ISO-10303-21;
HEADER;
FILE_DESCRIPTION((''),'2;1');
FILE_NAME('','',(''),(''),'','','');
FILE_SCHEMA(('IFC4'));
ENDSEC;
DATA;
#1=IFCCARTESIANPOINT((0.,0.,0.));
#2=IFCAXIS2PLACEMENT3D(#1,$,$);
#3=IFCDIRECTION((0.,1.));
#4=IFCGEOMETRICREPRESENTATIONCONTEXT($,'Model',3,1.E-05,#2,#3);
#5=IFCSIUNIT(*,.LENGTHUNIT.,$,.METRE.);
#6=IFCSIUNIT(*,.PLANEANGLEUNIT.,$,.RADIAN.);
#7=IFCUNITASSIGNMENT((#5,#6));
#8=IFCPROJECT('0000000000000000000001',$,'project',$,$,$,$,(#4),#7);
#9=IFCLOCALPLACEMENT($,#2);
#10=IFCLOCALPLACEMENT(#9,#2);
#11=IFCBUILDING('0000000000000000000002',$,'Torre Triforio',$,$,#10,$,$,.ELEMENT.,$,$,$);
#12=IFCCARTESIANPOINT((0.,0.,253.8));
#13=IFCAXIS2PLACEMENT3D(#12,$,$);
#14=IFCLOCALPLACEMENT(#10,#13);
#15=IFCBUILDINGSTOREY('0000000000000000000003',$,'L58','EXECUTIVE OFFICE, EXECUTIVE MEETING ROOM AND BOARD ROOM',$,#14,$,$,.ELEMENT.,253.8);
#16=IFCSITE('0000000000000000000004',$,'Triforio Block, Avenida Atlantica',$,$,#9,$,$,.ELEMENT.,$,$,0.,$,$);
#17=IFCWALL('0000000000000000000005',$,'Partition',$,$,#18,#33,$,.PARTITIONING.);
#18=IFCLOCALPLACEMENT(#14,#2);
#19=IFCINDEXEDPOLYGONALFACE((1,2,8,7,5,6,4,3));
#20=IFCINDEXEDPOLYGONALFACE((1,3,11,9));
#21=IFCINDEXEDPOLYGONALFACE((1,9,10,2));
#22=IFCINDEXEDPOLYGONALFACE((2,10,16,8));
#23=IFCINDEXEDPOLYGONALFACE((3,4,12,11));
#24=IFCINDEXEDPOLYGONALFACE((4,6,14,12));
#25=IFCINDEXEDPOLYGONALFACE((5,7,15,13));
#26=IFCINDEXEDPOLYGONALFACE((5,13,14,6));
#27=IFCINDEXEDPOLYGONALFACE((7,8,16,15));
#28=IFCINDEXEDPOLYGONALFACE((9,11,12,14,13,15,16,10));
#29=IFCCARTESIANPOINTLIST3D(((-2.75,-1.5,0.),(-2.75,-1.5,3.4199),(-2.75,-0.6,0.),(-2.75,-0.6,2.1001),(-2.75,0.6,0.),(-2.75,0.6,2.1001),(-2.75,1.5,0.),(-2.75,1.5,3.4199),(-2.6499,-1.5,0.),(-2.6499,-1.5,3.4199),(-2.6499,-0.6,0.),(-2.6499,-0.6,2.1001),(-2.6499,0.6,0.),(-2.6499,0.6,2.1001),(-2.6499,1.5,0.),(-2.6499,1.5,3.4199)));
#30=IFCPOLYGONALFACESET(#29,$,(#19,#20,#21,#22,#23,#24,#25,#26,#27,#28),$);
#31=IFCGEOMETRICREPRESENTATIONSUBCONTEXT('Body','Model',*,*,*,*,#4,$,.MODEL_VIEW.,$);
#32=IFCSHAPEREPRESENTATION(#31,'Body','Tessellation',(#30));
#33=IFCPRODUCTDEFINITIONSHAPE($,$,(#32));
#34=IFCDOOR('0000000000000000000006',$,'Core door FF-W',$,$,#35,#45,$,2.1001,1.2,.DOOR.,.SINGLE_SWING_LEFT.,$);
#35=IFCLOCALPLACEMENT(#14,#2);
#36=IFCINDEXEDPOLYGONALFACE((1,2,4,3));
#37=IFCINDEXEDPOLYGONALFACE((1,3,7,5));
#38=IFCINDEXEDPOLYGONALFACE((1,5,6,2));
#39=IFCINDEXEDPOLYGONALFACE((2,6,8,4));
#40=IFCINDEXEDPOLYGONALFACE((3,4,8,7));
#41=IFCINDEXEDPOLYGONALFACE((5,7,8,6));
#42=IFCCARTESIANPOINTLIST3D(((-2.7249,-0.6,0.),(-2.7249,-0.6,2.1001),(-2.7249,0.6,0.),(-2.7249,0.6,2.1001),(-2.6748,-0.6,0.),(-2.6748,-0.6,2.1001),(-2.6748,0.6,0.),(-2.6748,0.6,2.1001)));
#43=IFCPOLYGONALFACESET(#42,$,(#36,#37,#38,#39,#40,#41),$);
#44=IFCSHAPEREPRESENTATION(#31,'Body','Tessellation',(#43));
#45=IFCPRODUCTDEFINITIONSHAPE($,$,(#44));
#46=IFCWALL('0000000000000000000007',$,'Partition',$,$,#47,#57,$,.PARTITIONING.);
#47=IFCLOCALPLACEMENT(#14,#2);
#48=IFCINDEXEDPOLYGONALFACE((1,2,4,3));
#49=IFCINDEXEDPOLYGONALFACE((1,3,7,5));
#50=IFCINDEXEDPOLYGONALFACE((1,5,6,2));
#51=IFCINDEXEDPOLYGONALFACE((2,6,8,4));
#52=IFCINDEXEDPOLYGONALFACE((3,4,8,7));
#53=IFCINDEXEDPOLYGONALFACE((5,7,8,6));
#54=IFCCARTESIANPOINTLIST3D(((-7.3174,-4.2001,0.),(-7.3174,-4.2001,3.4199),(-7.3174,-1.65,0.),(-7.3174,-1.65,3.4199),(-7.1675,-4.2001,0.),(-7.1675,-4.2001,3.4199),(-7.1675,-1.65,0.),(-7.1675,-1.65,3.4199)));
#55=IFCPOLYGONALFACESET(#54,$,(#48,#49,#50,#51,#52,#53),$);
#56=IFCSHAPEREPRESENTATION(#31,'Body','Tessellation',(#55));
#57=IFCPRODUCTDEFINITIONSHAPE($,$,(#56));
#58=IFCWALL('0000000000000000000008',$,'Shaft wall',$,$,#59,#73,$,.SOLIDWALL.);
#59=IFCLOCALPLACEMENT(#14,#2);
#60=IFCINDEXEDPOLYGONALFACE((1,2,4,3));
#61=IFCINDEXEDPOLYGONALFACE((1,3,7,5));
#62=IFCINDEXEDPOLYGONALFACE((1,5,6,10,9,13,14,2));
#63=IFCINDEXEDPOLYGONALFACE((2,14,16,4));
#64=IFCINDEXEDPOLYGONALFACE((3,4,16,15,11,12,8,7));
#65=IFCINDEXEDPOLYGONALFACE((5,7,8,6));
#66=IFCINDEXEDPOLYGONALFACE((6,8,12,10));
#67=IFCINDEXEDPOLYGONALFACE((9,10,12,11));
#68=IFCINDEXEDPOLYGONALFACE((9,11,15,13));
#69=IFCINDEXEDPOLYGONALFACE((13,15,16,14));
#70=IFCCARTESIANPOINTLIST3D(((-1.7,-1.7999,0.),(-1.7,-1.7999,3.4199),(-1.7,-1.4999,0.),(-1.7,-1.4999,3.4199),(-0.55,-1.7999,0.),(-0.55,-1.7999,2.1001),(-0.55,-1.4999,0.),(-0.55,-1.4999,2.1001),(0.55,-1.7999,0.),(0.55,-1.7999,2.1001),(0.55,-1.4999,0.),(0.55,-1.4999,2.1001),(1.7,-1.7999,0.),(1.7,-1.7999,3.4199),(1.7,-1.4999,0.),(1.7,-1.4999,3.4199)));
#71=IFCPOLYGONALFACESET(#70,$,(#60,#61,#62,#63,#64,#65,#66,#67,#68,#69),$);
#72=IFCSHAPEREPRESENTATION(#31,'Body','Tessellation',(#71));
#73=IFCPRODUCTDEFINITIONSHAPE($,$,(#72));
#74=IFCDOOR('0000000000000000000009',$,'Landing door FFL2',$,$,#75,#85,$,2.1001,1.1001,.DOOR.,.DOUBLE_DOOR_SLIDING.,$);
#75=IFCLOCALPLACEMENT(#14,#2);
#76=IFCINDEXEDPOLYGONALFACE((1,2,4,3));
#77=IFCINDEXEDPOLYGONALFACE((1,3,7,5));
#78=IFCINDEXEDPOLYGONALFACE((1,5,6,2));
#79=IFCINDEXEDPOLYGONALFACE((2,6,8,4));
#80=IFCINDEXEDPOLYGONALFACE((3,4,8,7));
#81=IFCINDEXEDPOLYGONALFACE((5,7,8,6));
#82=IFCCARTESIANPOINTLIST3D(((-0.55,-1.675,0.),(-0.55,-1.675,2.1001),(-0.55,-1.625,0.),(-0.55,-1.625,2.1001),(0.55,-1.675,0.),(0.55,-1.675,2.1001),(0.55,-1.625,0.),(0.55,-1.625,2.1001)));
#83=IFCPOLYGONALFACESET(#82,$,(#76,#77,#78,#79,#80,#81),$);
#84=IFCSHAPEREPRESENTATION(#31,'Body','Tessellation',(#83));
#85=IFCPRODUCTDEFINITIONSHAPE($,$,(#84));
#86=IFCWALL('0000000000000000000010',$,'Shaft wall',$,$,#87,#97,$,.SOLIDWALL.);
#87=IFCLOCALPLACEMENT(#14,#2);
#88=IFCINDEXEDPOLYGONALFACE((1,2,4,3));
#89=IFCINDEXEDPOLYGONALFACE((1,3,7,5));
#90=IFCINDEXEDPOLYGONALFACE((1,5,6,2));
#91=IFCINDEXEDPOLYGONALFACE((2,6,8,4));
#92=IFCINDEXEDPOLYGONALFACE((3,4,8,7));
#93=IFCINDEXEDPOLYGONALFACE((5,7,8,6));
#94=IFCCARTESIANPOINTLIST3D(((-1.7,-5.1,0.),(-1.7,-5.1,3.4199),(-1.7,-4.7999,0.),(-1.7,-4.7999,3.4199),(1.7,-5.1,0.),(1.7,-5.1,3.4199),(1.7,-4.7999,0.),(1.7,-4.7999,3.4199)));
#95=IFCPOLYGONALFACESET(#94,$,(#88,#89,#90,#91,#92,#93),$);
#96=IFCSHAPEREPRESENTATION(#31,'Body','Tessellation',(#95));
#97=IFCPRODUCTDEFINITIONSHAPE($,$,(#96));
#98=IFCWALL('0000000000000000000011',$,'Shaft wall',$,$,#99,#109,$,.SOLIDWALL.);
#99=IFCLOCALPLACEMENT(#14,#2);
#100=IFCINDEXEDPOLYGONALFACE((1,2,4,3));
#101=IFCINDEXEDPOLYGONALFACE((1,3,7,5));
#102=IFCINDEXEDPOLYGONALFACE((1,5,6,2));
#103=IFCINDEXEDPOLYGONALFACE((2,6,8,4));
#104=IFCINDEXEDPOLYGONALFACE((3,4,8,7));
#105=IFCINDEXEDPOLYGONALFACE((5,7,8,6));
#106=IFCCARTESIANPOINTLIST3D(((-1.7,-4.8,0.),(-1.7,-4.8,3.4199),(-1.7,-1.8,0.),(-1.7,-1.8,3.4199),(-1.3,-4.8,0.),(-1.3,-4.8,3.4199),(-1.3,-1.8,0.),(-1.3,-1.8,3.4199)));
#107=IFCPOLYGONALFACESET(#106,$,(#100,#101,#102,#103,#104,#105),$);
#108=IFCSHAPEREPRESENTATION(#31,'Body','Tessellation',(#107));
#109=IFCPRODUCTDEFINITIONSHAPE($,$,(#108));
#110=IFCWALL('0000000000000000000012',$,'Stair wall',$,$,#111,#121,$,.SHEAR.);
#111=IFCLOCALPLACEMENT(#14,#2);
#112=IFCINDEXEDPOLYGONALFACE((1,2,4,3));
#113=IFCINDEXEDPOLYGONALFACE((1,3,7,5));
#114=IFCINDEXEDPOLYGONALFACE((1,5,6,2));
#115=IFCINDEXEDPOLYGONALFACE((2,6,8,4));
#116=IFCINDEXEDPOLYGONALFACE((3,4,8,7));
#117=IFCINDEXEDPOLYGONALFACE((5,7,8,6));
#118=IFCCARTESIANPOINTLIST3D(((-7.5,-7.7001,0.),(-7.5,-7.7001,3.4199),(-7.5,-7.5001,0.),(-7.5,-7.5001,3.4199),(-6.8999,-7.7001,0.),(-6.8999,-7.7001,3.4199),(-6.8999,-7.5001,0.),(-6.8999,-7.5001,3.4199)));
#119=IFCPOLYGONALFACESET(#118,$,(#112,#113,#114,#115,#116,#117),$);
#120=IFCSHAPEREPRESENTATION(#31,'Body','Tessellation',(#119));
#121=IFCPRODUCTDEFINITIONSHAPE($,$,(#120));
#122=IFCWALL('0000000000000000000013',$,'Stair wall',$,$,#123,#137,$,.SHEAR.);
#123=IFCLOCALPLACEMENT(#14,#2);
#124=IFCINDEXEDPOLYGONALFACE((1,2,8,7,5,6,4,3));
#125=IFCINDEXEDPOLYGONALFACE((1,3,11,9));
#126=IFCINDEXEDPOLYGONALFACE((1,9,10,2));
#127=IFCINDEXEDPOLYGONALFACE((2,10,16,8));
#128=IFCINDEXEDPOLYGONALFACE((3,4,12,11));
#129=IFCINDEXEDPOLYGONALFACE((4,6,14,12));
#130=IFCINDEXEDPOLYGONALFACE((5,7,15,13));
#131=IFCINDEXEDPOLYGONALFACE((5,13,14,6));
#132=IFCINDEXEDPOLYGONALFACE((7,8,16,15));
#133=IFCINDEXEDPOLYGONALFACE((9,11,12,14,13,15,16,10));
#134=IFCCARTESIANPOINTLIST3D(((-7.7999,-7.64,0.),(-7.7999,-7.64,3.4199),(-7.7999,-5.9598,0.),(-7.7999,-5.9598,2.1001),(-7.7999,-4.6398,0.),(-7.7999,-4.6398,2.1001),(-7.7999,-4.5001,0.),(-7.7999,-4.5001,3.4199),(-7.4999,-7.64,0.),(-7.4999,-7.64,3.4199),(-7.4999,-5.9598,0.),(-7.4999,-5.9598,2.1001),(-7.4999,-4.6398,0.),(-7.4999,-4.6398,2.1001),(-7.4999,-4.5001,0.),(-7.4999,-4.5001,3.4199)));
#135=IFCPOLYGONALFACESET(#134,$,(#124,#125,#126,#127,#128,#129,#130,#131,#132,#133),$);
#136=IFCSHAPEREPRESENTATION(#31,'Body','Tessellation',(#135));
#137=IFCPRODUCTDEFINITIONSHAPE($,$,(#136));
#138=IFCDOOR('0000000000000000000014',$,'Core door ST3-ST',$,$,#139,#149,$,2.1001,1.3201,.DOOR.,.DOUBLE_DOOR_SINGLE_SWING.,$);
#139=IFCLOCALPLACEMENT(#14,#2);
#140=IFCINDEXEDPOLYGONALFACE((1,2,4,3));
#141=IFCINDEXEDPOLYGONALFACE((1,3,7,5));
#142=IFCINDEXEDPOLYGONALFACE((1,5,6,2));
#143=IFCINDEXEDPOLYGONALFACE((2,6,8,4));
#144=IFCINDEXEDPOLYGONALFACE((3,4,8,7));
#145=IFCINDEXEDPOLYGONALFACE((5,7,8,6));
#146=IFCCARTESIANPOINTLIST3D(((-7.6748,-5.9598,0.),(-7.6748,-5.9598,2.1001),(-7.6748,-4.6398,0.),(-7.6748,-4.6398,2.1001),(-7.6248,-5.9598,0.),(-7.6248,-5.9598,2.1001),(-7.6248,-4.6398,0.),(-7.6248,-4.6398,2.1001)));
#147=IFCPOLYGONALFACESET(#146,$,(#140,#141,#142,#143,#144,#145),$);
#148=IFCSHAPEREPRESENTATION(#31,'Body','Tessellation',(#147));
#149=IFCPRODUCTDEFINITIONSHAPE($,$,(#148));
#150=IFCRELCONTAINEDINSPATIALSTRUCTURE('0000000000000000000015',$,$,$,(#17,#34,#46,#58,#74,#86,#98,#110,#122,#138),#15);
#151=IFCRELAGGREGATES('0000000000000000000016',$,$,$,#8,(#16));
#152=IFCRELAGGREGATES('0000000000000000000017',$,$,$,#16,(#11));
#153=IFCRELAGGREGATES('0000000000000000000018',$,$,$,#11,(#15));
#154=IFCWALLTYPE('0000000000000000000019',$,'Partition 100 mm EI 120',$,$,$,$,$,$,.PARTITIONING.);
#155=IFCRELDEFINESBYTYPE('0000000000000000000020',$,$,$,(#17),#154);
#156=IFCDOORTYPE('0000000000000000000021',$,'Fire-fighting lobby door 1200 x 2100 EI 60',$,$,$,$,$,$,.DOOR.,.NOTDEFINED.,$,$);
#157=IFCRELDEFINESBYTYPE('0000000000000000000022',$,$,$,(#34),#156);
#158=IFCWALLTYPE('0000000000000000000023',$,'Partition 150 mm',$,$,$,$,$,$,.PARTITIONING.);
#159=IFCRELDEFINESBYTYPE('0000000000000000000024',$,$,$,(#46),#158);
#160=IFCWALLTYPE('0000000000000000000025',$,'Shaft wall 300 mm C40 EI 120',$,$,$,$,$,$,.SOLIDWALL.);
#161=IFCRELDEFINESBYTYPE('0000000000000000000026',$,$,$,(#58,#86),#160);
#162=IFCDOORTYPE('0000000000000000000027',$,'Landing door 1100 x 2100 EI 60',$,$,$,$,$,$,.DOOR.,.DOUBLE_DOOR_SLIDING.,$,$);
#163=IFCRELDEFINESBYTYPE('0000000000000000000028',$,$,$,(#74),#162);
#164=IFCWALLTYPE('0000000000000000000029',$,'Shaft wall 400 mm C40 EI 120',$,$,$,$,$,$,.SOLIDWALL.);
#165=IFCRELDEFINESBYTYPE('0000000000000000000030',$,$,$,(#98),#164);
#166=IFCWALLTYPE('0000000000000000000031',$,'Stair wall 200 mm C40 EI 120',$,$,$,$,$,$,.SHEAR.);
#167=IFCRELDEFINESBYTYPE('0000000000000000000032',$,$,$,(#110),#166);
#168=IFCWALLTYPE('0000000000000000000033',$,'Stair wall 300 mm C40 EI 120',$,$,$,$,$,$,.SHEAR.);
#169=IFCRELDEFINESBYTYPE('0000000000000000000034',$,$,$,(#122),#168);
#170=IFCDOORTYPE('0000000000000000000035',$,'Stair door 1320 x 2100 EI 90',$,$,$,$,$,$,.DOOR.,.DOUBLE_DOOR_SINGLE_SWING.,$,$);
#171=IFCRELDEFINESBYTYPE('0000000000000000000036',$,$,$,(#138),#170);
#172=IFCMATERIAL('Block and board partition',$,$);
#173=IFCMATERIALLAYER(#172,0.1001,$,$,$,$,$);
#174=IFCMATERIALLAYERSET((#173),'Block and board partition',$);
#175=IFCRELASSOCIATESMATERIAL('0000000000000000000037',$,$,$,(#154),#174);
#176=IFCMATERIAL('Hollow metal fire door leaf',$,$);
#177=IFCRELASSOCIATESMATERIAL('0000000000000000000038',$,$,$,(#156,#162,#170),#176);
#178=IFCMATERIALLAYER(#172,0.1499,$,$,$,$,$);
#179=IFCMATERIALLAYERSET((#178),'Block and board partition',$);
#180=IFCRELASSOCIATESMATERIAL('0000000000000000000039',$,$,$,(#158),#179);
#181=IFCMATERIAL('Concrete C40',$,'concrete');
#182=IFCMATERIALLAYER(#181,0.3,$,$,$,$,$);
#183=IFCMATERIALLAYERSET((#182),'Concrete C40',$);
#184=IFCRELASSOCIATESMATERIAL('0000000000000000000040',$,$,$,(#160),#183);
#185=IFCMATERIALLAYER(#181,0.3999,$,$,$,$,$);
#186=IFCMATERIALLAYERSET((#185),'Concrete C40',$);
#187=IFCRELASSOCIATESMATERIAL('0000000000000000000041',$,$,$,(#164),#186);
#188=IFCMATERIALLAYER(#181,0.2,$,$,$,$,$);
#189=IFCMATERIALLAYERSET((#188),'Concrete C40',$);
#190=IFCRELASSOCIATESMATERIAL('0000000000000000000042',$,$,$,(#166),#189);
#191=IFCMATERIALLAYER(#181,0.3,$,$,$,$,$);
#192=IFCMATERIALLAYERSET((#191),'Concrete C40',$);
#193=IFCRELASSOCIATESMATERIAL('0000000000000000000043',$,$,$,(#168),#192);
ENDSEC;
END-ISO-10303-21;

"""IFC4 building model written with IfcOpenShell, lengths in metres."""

from ifc_helpers import new_model, si_unit, direction, frame, frame_2d, origin, place, context, subcontext, project, spatial, rectangle, extrude, material, layer, layer_set, type_object, element, fill, save


model = new_model("IFC4")

# Units and contexts
model_context = context("Model", 3, precision=1e-05, world=origin(), true_north=direction((0.0, 1.0)))
body_context = subcontext(model_context, "Body", "Model", "MODEL_VIEW")
ifc_project = project(units=[si_unit("LENGTHUNIT", "METRE"), si_unit("PLANEANGLEUNIT", "RADIAN")], contexts=[model_context])

# Site, building, storey
site_placement = place(None, origin())
site = spatial("IfcSite", under=ifc_project, at=site_placement, Name="Triforio Block, Avenida Atlantica", CompositionType="ELEMENT", RefElevation=0.0)
building_placement = place(site_placement, origin())
building = spatial("IfcBuilding", under=site, at=building_placement, Name="Torre Triforio", CompositionType="ELEMENT")
storey_placement = place(building_placement, frame((0.0, 0.0, 253.8)))
storey = spatial("IfcBuildingStorey", under=building, at=storey_placement, Name="L58", Description="EXECUTIVE OFFICE, EXECUTIVE MEETING ROOM AND BOARD ROOM", CompositionType="ELEMENT", Elevation=253.8)

# Wall, opening, door
ifc_material_1 = material(Name="Block and board partition")
ifc_layer_1 = layer(ifc_material_1, 0.1001)
ifc_layer_set_1 = layer_set([ifc_layer_1], Name="Block and board partition")
wall_type_1 = type_object("IfcWallType", Name="Partition 100 mm EI 120", PredefinedType="PARTITIONING", material=ifc_layer_set_1)
wall_1_placement = place(storey_placement, frame((-2.7, -1.5, 0.0), z_axis=(0.0, 0.0, 1.0), x_axis=(0.0, 1.0, 0.0)))
wall_1 = element("IfcWall", 1, at=wall_1_placement, inside=storey, type_object=wall_type_1, Name="Partition", PredefinedType="PARTITIONING", context=body_context, shape_type="SweptSolid", body=[
    extrude(rectangle(XDim=3.0, YDim=0.1001, at=frame_2d((1.5, 0.0))), origin(), (0.0, 0.0, 1.0), 3.4199),
])
opening_1_placement = place(wall_1_placement, frame((0.8999, 0.0, 0.0)))
opening_1 = element("IfcOpeningElement", 2, at=opening_1_placement, cuts=wall_1, PredefinedType="OPENING", context=body_context, shape_type="SweptSolid", body=[
    extrude(rectangle(XDim=1.2, YDim=2.1001, at=frame_2d((0.6001, 1.05))), frame((0.0, 0.0601, 0.0), z_axis=(0.0, -1.0, 0.0), x_axis=(1.0, 0.0, 0.0)), (0.0, 0.0, 1.0), 0.1201),
])
ifc_material_2 = material(Name="Hollow metal fire door leaf")
door_type_1 = type_object("IfcDoorType", Name="Fire-fighting lobby door 1200 x 2100 EI 60", OperationType="NOTDEFINED", PredefinedType="DOOR", material=ifc_material_2)
door_1_placement = place(opening_1_placement, origin())
door_1 = element("IfcDoor", 3, at=door_1_placement, inside=storey, type_object=door_type_1, Name="Core door FF-W", OperationType="SINGLE_SWING_LEFT", OverallHeight=2.1001, OverallWidth=1.2, PredefinedType="DOOR", context=body_context, shape_type="SweptSolid", body=[
    extrude(rectangle(XDim=1.2, YDim=2.1001, at=frame_2d((0.6001, 1.05))), frame((0.0, 0.0249, 0.0), z_axis=(0.0, -1.0, 0.0), x_axis=(1.0, 0.0, 0.0)), (0.0, 0.0, 1.0), 0.05),
])
fill(opening_1, door_1)

# Wall
ifc_layer_2 = layer(ifc_material_1, 0.1499)
ifc_layer_set_2 = layer_set([ifc_layer_2], Name="Block and board partition")
wall_type_2 = type_object("IfcWallType", Name="Partition 150 mm", PredefinedType="PARTITIONING", material=ifc_layer_set_2)
wall_2_placement = place(storey_placement, frame((-7.2424, -4.2, 0.0), z_axis=(0.0, 0.0, 1.0), x_axis=(0.0, 1.0, 0.0)))
element("IfcWall", 4, at=wall_2_placement, inside=storey, type_object=wall_type_2, Name="Partition", PredefinedType="PARTITIONING", context=body_context, shape_type="SweptSolid", body=[
    extrude(rectangle(XDim=2.55, YDim=0.1499, at=frame_2d((1.2749, 0.0))), origin(), (0.0, 0.0, 1.0), 3.4199),
])

# Wall, opening, door
ifc_material_3 = material(Name="Concrete C40", Category="concrete")
ifc_layer_3 = layer(ifc_material_3, 0.3)
ifc_layer_set_3 = layer_set([ifc_layer_3], Name="Concrete C40")
wall_type_3 = type_object("IfcWallType", Name="Shaft wall 300 mm C40 EI 120", PredefinedType="SOLIDWALL", material=ifc_layer_set_3)
wall_3_placement = place(storey_placement, frame((-1.7, -1.6499, 0.0), z_axis=(0.0, 0.0, 1.0), x_axis=(1.0, 0.0, 0.0)))
wall_3 = element("IfcWall", 5, at=wall_3_placement, inside=storey, type_object=wall_type_3, Name="Shaft wall", PredefinedType="SOLIDWALL", context=body_context, shape_type="SweptSolid", body=[
    extrude(rectangle(XDim=3.3999, YDim=0.3, at=frame_2d((1.7, 0.0))), origin(), (0.0, 0.0, 1.0), 3.4199),
])
opening_2_placement = place(wall_3_placement, frame((1.1499, 0.0, 0.0)))
opening_2 = element("IfcOpeningElement", 6, at=opening_2_placement, cuts=wall_3, PredefinedType="OPENING", context=body_context, shape_type="SweptSolid", body=[
    extrude(rectangle(XDim=1.1001, YDim=2.1001, at=frame_2d((0.55, 1.05))), frame((0.0, 0.1599, 0.0), z_axis=(0.0, -1.0, 0.0), x_axis=(1.0, 0.0, 0.0)), (0.0, 0.0, 1.0), 0.3201),
])
door_type_2 = type_object("IfcDoorType", Name="Landing door 1100 x 2100 EI 60", OperationType="DOUBLE_DOOR_SLIDING", PredefinedType="DOOR", material=ifc_material_2)
door_2_placement = place(opening_2_placement, origin())
door_2 = element("IfcDoor", 7, at=door_2_placement, inside=storey, type_object=door_type_2, Name="Landing door FFL2", OperationType="DOUBLE_DOOR_SLIDING", OverallHeight=2.1001, OverallWidth=1.1001, PredefinedType="DOOR", context=body_context, shape_type="SweptSolid", body=[
    extrude(rectangle(XDim=1.1001, YDim=2.1001, at=frame_2d((0.55, 1.05))), frame((0.0, 0.0249, 0.0), z_axis=(0.0, -1.0, 0.0), x_axis=(1.0, 0.0, 0.0)), (0.0, 0.0, 1.0), 0.05),
])
fill(opening_2, door_2)

# Walls
wall_4_placement = place(storey_placement, frame((-1.7, -4.95, 0.0), z_axis=(0.0, 0.0, 1.0), x_axis=(1.0, 0.0, 0.0)))
element("IfcWall", 8, at=wall_4_placement, inside=storey, type_object=wall_type_3, Name="Shaft wall", PredefinedType="SOLIDWALL", context=body_context, shape_type="SweptSolid", body=[
    extrude(rectangle(XDim=3.3999, YDim=0.3, at=frame_2d((1.7, 0.0))), origin(), (0.0, 0.0, 1.0), 3.4199),
])
ifc_layer_4 = layer(ifc_material_3, 0.3999)
ifc_layer_set_4 = layer_set([ifc_layer_4], Name="Concrete C40")
wall_type_4 = type_object("IfcWallType", Name="Shaft wall 400 mm C40 EI 120", PredefinedType="SOLIDWALL", material=ifc_layer_set_4)
wall_5_placement = place(storey_placement, frame((-1.5, -4.8, 0.0), z_axis=(0.0, 0.0, 1.0), x_axis=(0.0, 1.0, 0.0)))
element("IfcWall", 9, at=wall_5_placement, inside=storey, type_object=wall_type_4, Name="Shaft wall", PredefinedType="SOLIDWALL", context=body_context, shape_type="SweptSolid", body=[
    extrude(rectangle(XDim=3.0, YDim=0.3999, at=frame_2d((1.5, 0.0))), origin(), (0.0, 0.0, 1.0), 3.4199),
])
ifc_layer_5 = layer(ifc_material_3, 0.2)
ifc_layer_set_5 = layer_set([ifc_layer_5], Name="Concrete C40")
wall_type_5 = type_object("IfcWallType", Name="Stair wall 200 mm C40 EI 120", PredefinedType="SHEAR", material=ifc_layer_set_5)
wall_6_placement = place(storey_placement, frame((-7.5, -7.6001, 0.0), z_axis=(0.0, 0.0, 1.0), x_axis=(1.0, 0.0, 0.0)))
element("IfcWall", 10, at=wall_6_placement, inside=storey, type_object=wall_type_5, Name="Stair wall", PredefinedType="SHEAR", context=body_context, shape_type="SweptSolid", body=[
    extrude(rectangle(XDim=0.6001, YDim=0.2, at=frame_2d((0.3, 0.0))), origin(), (0.0, 0.0, 1.0), 3.4199),
])

# Wall, opening, door
ifc_layer_6 = layer(ifc_material_3, 0.3)
ifc_layer_set_6 = layer_set([ifc_layer_6], Name="Concrete C40")
wall_type_6 = type_object("IfcWallType", Name="Stair wall 300 mm C40 EI 120", PredefinedType="SHEAR", material=ifc_layer_set_6)
wall_7_placement = place(storey_placement, frame((-7.6499, -7.6399, 0.0), z_axis=(0.0, 0.0, 1.0), x_axis=(0.0, 1.0, 0.0)))
wall_7 = element("IfcWall", 11, at=wall_7_placement, inside=storey, type_object=wall_type_6, Name="Stair wall", PredefinedType="SHEAR", context=body_context, shape_type="SweptSolid", body=[
    extrude(rectangle(XDim=3.1399, YDim=0.3, at=frame_2d((1.5698, 0.0))), origin(), (0.0, 0.0, 1.0), 3.4199),
])
opening_3_placement = place(wall_7_placement, frame((1.6799, 0.0, 0.0)))
opening_3 = element("IfcOpeningElement", 12, at=opening_3_placement, cuts=wall_7, PredefinedType="OPENING", context=body_context, shape_type="SweptSolid", body=[
    extrude(rectangle(XDim=1.3201, YDim=2.1001, at=frame_2d((0.6602, 1.05))), frame((0.0, 0.1599, 0.0), z_axis=(0.0, -1.0, 0.0), x_axis=(1.0, 0.0, 0.0)), (0.0, 0.0, 1.0), 0.3201),
])
door_type_3 = type_object("IfcDoorType", Name="Stair door 1320 x 2100 EI 90", OperationType="DOUBLE_DOOR_SINGLE_SWING", PredefinedType="DOOR", material=ifc_material_2)
door_3_placement = place(opening_3_placement, origin())
door_3 = element("IfcDoor", 13, at=door_3_placement, inside=storey, type_object=door_type_3, Name="Core door ST3-ST", OperationType="DOUBLE_DOOR_SINGLE_SWING", OverallHeight=2.1001, OverallWidth=1.3201, PredefinedType="DOOR", context=body_context, shape_type="SweptSolid", body=[
    extrude(rectangle(XDim=1.3201, YDim=2.1001, at=frame_2d((0.6602, 1.05))), frame((0.0, 0.0249, 0.0), z_axis=(0.0, -1.0, 0.0), x_axis=(1.0, 0.0, 0.0)), (0.0, 0.0, 1.0), 0.05),
])
fill(opening_3, door_3)

save(model, "model.ifc")
